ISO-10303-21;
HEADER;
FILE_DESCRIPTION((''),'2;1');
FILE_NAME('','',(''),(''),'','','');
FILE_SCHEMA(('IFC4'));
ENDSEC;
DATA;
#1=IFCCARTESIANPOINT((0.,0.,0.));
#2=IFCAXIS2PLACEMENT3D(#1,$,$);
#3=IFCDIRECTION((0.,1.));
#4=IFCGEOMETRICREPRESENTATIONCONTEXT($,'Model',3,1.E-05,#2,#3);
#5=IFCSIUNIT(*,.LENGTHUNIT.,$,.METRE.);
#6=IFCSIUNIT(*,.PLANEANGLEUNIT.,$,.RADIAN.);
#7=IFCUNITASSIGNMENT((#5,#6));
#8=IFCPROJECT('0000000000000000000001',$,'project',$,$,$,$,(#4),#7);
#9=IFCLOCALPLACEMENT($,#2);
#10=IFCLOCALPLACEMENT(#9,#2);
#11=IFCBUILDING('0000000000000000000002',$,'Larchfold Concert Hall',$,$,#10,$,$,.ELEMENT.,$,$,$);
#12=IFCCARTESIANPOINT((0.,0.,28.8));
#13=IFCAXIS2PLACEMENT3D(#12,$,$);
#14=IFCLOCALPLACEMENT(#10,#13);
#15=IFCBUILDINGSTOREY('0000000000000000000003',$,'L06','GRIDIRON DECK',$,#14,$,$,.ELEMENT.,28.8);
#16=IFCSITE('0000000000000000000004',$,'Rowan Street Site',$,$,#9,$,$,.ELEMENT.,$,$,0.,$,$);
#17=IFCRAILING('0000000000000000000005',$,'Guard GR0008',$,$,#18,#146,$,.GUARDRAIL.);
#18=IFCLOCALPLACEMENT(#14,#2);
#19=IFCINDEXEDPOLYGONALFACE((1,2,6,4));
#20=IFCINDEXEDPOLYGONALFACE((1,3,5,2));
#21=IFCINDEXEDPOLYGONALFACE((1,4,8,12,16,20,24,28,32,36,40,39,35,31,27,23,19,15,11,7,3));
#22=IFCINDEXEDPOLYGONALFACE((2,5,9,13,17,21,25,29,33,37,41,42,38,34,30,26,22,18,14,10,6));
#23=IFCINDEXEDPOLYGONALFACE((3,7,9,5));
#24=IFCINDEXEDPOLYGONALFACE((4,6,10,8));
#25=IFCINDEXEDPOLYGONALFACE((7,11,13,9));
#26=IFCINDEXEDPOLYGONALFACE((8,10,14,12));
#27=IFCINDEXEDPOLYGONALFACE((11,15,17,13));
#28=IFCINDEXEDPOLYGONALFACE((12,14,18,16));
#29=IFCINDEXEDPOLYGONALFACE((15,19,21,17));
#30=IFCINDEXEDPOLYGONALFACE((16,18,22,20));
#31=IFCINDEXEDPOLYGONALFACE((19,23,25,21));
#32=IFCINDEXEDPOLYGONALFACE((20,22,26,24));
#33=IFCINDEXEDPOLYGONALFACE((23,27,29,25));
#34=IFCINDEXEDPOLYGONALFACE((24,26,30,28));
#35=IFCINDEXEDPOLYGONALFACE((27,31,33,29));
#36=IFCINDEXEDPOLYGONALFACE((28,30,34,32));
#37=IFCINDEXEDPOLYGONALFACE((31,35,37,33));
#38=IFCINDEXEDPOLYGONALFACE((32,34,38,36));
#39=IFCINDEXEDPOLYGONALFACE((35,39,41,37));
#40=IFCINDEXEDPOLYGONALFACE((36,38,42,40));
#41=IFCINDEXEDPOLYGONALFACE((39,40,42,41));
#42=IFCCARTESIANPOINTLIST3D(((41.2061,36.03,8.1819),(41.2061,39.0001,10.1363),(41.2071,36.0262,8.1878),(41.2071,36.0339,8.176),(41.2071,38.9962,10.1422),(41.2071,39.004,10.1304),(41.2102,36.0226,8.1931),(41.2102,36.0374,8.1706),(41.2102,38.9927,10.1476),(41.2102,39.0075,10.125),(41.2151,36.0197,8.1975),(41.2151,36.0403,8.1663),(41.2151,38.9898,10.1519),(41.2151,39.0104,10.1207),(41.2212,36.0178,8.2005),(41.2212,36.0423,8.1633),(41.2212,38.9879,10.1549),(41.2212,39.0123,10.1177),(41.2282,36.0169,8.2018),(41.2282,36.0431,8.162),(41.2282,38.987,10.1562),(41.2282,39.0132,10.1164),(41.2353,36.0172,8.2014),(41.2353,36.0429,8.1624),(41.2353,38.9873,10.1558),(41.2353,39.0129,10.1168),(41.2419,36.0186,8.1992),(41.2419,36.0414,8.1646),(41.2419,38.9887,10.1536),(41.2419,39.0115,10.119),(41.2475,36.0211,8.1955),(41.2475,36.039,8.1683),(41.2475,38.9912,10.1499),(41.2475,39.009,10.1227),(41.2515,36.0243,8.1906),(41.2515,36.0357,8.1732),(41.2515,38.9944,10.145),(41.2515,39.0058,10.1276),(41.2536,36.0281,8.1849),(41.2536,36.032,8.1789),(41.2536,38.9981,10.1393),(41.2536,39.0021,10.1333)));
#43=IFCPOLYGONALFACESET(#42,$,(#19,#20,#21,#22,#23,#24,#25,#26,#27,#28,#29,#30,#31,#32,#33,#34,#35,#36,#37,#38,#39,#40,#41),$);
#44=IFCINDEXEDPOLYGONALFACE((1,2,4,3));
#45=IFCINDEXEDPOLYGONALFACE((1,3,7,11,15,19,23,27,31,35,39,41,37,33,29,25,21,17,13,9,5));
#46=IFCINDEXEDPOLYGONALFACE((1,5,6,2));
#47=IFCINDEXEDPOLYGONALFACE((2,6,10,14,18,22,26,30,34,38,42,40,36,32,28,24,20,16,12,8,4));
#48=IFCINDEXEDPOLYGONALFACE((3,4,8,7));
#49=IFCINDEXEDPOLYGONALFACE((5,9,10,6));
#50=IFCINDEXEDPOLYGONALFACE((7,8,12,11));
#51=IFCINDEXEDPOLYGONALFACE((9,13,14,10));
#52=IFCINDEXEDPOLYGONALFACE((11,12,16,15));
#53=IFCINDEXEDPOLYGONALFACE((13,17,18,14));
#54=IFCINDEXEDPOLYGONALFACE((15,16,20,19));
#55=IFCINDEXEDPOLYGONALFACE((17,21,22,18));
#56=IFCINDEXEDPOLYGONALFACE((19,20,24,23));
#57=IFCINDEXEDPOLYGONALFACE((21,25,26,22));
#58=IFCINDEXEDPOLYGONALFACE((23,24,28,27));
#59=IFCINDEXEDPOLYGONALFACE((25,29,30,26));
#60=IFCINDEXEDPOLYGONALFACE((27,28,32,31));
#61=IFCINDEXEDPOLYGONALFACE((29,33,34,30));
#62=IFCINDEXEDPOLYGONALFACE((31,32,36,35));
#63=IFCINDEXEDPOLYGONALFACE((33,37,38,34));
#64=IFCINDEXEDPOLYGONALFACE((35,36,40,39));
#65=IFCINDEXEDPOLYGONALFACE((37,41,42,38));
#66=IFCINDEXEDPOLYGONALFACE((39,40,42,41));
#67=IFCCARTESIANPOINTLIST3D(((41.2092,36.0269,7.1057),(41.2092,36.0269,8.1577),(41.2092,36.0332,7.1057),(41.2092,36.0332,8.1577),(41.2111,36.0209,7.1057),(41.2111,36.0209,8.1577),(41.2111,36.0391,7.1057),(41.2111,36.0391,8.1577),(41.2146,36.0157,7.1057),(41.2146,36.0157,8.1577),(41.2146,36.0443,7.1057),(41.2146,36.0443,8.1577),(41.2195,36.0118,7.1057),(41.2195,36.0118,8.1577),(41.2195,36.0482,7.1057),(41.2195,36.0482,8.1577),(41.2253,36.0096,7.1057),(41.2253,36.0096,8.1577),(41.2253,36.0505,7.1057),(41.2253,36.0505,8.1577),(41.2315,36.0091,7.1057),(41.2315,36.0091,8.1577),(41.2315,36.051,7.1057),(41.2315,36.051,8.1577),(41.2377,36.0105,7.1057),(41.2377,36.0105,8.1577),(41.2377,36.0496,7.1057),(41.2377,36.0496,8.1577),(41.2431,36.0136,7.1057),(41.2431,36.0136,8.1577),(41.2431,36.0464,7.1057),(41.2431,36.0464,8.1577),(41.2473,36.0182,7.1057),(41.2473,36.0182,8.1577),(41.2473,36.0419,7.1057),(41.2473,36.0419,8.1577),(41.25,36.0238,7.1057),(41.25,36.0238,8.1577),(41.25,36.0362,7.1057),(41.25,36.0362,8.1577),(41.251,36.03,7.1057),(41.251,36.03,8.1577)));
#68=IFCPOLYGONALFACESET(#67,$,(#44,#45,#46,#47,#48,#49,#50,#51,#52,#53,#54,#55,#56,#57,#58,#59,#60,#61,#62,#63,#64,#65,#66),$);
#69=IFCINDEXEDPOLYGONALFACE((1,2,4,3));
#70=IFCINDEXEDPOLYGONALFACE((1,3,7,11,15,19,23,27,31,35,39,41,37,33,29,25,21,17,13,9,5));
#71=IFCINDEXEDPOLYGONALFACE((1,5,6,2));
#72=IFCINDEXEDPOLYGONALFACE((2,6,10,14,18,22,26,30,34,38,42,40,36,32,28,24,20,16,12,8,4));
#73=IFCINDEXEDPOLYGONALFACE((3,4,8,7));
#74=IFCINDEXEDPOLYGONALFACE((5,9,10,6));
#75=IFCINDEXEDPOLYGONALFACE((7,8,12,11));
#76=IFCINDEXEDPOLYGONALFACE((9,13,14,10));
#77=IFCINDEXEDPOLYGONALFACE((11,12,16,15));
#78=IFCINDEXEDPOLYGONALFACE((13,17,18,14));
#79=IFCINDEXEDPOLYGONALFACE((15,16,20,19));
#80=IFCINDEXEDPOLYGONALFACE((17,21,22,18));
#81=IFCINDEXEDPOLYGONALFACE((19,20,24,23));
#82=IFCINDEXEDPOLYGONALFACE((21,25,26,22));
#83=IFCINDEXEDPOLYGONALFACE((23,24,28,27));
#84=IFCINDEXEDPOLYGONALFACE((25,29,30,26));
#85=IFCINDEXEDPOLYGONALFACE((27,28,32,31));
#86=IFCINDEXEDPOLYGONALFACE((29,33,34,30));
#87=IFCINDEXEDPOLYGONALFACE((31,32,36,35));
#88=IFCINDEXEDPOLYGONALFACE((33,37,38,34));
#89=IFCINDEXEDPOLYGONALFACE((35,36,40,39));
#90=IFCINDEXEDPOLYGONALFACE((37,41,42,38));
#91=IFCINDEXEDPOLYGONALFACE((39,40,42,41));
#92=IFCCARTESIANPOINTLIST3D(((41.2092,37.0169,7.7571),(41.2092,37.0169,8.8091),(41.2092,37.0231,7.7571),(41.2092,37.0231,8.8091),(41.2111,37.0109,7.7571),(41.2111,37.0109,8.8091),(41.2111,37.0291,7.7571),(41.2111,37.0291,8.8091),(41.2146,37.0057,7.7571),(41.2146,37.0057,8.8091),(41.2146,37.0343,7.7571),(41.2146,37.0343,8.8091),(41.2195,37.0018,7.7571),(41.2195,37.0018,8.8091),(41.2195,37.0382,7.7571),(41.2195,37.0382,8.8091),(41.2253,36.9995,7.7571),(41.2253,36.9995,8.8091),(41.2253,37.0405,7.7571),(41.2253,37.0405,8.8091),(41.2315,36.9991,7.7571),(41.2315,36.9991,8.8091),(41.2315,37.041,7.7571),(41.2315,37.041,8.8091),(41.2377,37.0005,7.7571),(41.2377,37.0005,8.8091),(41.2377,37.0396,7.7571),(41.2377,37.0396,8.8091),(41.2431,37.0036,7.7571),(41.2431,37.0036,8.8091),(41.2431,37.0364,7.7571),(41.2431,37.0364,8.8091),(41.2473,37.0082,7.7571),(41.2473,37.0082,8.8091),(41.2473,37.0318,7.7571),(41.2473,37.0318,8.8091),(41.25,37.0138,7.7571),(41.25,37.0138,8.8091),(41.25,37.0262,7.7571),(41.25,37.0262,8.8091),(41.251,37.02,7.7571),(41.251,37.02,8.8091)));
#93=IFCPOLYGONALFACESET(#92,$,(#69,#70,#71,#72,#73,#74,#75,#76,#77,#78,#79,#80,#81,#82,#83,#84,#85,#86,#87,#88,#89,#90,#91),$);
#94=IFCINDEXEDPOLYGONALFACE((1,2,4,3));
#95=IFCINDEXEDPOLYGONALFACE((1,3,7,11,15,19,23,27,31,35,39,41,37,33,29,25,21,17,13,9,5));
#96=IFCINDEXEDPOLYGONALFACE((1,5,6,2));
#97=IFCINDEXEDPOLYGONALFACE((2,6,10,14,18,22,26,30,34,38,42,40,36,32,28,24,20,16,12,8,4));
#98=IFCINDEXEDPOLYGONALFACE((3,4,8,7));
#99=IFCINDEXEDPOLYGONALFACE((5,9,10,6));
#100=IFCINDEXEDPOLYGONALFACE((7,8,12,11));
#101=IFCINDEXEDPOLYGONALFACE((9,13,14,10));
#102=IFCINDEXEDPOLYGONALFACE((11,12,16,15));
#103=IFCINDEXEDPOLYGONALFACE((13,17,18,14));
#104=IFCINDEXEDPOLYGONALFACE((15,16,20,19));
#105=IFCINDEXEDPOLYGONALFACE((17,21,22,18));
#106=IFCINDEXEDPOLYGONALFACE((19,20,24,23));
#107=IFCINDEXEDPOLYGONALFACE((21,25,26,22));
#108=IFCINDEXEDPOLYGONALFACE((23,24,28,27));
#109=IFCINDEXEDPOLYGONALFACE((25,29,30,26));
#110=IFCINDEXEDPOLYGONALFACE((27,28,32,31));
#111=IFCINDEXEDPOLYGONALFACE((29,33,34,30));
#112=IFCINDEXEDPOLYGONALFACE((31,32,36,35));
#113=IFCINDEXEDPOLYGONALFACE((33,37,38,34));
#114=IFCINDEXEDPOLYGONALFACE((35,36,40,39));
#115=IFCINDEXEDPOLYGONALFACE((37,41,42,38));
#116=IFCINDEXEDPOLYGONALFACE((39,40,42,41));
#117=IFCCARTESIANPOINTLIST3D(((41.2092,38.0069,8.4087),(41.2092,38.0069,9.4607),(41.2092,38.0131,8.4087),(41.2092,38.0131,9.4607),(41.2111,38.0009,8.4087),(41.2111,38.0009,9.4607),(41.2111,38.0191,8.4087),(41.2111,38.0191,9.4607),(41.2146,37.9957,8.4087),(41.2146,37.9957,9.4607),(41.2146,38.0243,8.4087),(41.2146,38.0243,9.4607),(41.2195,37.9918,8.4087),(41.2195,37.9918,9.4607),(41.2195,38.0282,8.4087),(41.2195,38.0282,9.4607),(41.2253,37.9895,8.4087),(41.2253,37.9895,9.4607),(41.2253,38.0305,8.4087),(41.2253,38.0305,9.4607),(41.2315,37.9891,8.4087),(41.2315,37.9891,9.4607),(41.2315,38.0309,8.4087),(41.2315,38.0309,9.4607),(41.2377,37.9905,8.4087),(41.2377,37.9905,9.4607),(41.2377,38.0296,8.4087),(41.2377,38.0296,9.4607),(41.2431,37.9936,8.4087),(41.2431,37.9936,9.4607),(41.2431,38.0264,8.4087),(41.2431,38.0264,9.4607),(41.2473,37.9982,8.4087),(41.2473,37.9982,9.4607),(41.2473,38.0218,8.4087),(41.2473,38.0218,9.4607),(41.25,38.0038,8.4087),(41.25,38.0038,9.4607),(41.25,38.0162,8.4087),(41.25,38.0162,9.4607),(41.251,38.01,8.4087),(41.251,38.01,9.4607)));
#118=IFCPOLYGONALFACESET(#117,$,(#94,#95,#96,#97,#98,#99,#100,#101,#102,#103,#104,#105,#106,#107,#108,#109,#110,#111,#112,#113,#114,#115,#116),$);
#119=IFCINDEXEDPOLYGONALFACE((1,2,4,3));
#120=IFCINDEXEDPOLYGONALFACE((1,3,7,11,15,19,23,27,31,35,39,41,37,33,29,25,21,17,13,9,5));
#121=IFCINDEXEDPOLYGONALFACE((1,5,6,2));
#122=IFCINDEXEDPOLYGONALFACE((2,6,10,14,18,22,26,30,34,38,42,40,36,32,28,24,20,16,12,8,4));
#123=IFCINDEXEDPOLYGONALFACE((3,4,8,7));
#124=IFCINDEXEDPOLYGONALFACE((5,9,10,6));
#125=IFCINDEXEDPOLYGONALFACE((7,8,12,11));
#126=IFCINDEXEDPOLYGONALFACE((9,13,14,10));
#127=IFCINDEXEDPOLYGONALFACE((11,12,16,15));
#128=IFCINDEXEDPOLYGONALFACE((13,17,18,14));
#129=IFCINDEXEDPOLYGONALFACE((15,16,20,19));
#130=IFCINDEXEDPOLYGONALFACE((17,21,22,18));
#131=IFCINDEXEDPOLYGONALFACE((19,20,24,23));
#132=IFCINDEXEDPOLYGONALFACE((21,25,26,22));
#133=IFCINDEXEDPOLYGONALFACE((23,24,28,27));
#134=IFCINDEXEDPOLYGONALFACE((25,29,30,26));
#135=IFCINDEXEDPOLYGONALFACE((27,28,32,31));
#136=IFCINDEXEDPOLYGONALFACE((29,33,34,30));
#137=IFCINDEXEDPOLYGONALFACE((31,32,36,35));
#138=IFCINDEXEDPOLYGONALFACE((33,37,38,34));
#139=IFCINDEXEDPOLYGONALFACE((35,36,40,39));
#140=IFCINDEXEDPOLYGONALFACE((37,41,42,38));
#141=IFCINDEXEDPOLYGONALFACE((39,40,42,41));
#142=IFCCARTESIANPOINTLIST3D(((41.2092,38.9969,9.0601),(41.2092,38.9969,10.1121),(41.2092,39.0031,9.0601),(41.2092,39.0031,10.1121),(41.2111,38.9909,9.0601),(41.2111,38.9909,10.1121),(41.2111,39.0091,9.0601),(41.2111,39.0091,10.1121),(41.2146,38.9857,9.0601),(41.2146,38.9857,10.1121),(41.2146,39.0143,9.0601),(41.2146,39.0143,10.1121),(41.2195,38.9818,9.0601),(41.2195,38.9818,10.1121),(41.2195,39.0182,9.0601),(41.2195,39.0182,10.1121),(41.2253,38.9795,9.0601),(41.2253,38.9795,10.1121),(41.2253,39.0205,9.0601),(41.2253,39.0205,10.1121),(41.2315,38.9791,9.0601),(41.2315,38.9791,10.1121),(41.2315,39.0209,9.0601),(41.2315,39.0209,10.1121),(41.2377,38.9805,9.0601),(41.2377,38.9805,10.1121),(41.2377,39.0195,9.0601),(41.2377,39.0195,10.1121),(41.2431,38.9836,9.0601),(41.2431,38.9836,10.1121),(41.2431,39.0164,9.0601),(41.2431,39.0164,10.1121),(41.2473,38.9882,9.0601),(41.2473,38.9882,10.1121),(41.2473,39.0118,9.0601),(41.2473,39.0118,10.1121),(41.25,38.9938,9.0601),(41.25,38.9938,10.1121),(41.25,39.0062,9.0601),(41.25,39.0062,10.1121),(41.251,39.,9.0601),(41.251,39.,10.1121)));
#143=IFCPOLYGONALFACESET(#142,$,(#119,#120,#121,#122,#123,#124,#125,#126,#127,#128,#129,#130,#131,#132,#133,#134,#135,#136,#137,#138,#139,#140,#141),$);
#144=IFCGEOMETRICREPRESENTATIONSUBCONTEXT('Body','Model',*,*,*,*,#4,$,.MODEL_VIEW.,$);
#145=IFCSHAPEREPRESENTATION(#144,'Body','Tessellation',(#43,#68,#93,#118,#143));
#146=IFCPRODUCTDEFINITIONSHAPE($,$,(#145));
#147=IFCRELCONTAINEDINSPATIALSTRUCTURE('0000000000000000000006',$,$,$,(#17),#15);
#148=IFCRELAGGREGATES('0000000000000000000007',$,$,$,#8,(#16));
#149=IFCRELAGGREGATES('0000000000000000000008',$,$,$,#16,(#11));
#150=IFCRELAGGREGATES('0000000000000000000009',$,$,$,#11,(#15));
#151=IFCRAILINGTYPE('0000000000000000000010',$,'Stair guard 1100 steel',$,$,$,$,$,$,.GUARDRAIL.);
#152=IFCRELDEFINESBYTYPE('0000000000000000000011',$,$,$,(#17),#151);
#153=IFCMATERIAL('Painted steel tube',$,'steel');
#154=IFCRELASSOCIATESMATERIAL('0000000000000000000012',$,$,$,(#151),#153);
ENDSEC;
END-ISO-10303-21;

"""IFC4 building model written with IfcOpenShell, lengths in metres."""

from ifc_helpers import new_model, si_unit, direction, frame, origin, origin_2d, place, context, subcontext, project, spatial, circle, extrude, material, type_object, element, save


model = new_model("IFC4")

# Units and contexts
model_context = context("Model", 3, precision=1e-05, world=origin(), true_north=direction((0.0, 1.0)))
body_context = subcontext(model_context, "Body", "Model", "MODEL_VIEW")
ifc_project = project(units=[si_unit("LENGTHUNIT", "METRE"), si_unit("PLANEANGLEUNIT", "RADIAN")], contexts=[model_context])

# Site, building, storey
site_placement = place(None, origin())
site = spatial("IfcSite", under=ifc_project, at=site_placement, Name="Rowan Street Site", CompositionType="ELEMENT", RefElevation=0.0)
building_placement = place(site_placement, origin())
building = spatial("IfcBuilding", under=site, at=building_placement, Name="Larchfold Concert Hall", CompositionType="ELEMENT")
storey_placement = place(building_placement, frame((0.0, 0.0, 28.8)))
storey = spatial("IfcBuildingStorey", under=building, at=storey_placement, Name="L06", Description="GRIDIRON DECK", CompositionType="ELEMENT", Elevation=28.8)

# Railing
ifc_material_1 = material(Name="Painted steel tube", Category="steel")
railing_type_1 = type_object("IfcRailingType", Name="Stair guard 1100 steel", PredefinedType="GUARDRAIL", material=ifc_material_1)
for number, where, name in (
    (1, (41.23, 36.03, 7.1057), "Guard GR0008"),
):
    element("IfcRailing", number, at=place(storey_placement, frame(where)), inside=storey, type_object=railing_type_1, Name=name, PredefinedType="GUARDRAIL", context=body_context, shape_type="SweptSolid", body=[
        extrude(circle(Radius=0.0239, at=origin_2d()), frame((0.0, 0.0, 1.0762), z_axis=(0.0, 0.835363, 0.549698), x_axis=(-1.0, 0.0, 0.0)), (0.0, 0.0, 1.0), 3.5554),
        extrude(circle(Radius=0.021, at=origin_2d()), origin(), (0.0, 0.0, 1.0), 1.052),
        extrude(circle(Radius=0.021, at=origin_2d()), frame((0.0, 0.99, 0.6514)), (0.0, 0.0, 1.0), 1.052),
        extrude(circle(Radius=0.021, at=origin_2d()), frame((0.0, 1.98, 1.303)), (0.0, 0.0, 1.0), 1.052),
        extrude(circle(Radius=0.021, at=origin_2d()), frame((0.0, 2.97, 1.9543)), (0.0, 0.0, 1.0), 1.052),
    ])

save(model, "model.ifc")
